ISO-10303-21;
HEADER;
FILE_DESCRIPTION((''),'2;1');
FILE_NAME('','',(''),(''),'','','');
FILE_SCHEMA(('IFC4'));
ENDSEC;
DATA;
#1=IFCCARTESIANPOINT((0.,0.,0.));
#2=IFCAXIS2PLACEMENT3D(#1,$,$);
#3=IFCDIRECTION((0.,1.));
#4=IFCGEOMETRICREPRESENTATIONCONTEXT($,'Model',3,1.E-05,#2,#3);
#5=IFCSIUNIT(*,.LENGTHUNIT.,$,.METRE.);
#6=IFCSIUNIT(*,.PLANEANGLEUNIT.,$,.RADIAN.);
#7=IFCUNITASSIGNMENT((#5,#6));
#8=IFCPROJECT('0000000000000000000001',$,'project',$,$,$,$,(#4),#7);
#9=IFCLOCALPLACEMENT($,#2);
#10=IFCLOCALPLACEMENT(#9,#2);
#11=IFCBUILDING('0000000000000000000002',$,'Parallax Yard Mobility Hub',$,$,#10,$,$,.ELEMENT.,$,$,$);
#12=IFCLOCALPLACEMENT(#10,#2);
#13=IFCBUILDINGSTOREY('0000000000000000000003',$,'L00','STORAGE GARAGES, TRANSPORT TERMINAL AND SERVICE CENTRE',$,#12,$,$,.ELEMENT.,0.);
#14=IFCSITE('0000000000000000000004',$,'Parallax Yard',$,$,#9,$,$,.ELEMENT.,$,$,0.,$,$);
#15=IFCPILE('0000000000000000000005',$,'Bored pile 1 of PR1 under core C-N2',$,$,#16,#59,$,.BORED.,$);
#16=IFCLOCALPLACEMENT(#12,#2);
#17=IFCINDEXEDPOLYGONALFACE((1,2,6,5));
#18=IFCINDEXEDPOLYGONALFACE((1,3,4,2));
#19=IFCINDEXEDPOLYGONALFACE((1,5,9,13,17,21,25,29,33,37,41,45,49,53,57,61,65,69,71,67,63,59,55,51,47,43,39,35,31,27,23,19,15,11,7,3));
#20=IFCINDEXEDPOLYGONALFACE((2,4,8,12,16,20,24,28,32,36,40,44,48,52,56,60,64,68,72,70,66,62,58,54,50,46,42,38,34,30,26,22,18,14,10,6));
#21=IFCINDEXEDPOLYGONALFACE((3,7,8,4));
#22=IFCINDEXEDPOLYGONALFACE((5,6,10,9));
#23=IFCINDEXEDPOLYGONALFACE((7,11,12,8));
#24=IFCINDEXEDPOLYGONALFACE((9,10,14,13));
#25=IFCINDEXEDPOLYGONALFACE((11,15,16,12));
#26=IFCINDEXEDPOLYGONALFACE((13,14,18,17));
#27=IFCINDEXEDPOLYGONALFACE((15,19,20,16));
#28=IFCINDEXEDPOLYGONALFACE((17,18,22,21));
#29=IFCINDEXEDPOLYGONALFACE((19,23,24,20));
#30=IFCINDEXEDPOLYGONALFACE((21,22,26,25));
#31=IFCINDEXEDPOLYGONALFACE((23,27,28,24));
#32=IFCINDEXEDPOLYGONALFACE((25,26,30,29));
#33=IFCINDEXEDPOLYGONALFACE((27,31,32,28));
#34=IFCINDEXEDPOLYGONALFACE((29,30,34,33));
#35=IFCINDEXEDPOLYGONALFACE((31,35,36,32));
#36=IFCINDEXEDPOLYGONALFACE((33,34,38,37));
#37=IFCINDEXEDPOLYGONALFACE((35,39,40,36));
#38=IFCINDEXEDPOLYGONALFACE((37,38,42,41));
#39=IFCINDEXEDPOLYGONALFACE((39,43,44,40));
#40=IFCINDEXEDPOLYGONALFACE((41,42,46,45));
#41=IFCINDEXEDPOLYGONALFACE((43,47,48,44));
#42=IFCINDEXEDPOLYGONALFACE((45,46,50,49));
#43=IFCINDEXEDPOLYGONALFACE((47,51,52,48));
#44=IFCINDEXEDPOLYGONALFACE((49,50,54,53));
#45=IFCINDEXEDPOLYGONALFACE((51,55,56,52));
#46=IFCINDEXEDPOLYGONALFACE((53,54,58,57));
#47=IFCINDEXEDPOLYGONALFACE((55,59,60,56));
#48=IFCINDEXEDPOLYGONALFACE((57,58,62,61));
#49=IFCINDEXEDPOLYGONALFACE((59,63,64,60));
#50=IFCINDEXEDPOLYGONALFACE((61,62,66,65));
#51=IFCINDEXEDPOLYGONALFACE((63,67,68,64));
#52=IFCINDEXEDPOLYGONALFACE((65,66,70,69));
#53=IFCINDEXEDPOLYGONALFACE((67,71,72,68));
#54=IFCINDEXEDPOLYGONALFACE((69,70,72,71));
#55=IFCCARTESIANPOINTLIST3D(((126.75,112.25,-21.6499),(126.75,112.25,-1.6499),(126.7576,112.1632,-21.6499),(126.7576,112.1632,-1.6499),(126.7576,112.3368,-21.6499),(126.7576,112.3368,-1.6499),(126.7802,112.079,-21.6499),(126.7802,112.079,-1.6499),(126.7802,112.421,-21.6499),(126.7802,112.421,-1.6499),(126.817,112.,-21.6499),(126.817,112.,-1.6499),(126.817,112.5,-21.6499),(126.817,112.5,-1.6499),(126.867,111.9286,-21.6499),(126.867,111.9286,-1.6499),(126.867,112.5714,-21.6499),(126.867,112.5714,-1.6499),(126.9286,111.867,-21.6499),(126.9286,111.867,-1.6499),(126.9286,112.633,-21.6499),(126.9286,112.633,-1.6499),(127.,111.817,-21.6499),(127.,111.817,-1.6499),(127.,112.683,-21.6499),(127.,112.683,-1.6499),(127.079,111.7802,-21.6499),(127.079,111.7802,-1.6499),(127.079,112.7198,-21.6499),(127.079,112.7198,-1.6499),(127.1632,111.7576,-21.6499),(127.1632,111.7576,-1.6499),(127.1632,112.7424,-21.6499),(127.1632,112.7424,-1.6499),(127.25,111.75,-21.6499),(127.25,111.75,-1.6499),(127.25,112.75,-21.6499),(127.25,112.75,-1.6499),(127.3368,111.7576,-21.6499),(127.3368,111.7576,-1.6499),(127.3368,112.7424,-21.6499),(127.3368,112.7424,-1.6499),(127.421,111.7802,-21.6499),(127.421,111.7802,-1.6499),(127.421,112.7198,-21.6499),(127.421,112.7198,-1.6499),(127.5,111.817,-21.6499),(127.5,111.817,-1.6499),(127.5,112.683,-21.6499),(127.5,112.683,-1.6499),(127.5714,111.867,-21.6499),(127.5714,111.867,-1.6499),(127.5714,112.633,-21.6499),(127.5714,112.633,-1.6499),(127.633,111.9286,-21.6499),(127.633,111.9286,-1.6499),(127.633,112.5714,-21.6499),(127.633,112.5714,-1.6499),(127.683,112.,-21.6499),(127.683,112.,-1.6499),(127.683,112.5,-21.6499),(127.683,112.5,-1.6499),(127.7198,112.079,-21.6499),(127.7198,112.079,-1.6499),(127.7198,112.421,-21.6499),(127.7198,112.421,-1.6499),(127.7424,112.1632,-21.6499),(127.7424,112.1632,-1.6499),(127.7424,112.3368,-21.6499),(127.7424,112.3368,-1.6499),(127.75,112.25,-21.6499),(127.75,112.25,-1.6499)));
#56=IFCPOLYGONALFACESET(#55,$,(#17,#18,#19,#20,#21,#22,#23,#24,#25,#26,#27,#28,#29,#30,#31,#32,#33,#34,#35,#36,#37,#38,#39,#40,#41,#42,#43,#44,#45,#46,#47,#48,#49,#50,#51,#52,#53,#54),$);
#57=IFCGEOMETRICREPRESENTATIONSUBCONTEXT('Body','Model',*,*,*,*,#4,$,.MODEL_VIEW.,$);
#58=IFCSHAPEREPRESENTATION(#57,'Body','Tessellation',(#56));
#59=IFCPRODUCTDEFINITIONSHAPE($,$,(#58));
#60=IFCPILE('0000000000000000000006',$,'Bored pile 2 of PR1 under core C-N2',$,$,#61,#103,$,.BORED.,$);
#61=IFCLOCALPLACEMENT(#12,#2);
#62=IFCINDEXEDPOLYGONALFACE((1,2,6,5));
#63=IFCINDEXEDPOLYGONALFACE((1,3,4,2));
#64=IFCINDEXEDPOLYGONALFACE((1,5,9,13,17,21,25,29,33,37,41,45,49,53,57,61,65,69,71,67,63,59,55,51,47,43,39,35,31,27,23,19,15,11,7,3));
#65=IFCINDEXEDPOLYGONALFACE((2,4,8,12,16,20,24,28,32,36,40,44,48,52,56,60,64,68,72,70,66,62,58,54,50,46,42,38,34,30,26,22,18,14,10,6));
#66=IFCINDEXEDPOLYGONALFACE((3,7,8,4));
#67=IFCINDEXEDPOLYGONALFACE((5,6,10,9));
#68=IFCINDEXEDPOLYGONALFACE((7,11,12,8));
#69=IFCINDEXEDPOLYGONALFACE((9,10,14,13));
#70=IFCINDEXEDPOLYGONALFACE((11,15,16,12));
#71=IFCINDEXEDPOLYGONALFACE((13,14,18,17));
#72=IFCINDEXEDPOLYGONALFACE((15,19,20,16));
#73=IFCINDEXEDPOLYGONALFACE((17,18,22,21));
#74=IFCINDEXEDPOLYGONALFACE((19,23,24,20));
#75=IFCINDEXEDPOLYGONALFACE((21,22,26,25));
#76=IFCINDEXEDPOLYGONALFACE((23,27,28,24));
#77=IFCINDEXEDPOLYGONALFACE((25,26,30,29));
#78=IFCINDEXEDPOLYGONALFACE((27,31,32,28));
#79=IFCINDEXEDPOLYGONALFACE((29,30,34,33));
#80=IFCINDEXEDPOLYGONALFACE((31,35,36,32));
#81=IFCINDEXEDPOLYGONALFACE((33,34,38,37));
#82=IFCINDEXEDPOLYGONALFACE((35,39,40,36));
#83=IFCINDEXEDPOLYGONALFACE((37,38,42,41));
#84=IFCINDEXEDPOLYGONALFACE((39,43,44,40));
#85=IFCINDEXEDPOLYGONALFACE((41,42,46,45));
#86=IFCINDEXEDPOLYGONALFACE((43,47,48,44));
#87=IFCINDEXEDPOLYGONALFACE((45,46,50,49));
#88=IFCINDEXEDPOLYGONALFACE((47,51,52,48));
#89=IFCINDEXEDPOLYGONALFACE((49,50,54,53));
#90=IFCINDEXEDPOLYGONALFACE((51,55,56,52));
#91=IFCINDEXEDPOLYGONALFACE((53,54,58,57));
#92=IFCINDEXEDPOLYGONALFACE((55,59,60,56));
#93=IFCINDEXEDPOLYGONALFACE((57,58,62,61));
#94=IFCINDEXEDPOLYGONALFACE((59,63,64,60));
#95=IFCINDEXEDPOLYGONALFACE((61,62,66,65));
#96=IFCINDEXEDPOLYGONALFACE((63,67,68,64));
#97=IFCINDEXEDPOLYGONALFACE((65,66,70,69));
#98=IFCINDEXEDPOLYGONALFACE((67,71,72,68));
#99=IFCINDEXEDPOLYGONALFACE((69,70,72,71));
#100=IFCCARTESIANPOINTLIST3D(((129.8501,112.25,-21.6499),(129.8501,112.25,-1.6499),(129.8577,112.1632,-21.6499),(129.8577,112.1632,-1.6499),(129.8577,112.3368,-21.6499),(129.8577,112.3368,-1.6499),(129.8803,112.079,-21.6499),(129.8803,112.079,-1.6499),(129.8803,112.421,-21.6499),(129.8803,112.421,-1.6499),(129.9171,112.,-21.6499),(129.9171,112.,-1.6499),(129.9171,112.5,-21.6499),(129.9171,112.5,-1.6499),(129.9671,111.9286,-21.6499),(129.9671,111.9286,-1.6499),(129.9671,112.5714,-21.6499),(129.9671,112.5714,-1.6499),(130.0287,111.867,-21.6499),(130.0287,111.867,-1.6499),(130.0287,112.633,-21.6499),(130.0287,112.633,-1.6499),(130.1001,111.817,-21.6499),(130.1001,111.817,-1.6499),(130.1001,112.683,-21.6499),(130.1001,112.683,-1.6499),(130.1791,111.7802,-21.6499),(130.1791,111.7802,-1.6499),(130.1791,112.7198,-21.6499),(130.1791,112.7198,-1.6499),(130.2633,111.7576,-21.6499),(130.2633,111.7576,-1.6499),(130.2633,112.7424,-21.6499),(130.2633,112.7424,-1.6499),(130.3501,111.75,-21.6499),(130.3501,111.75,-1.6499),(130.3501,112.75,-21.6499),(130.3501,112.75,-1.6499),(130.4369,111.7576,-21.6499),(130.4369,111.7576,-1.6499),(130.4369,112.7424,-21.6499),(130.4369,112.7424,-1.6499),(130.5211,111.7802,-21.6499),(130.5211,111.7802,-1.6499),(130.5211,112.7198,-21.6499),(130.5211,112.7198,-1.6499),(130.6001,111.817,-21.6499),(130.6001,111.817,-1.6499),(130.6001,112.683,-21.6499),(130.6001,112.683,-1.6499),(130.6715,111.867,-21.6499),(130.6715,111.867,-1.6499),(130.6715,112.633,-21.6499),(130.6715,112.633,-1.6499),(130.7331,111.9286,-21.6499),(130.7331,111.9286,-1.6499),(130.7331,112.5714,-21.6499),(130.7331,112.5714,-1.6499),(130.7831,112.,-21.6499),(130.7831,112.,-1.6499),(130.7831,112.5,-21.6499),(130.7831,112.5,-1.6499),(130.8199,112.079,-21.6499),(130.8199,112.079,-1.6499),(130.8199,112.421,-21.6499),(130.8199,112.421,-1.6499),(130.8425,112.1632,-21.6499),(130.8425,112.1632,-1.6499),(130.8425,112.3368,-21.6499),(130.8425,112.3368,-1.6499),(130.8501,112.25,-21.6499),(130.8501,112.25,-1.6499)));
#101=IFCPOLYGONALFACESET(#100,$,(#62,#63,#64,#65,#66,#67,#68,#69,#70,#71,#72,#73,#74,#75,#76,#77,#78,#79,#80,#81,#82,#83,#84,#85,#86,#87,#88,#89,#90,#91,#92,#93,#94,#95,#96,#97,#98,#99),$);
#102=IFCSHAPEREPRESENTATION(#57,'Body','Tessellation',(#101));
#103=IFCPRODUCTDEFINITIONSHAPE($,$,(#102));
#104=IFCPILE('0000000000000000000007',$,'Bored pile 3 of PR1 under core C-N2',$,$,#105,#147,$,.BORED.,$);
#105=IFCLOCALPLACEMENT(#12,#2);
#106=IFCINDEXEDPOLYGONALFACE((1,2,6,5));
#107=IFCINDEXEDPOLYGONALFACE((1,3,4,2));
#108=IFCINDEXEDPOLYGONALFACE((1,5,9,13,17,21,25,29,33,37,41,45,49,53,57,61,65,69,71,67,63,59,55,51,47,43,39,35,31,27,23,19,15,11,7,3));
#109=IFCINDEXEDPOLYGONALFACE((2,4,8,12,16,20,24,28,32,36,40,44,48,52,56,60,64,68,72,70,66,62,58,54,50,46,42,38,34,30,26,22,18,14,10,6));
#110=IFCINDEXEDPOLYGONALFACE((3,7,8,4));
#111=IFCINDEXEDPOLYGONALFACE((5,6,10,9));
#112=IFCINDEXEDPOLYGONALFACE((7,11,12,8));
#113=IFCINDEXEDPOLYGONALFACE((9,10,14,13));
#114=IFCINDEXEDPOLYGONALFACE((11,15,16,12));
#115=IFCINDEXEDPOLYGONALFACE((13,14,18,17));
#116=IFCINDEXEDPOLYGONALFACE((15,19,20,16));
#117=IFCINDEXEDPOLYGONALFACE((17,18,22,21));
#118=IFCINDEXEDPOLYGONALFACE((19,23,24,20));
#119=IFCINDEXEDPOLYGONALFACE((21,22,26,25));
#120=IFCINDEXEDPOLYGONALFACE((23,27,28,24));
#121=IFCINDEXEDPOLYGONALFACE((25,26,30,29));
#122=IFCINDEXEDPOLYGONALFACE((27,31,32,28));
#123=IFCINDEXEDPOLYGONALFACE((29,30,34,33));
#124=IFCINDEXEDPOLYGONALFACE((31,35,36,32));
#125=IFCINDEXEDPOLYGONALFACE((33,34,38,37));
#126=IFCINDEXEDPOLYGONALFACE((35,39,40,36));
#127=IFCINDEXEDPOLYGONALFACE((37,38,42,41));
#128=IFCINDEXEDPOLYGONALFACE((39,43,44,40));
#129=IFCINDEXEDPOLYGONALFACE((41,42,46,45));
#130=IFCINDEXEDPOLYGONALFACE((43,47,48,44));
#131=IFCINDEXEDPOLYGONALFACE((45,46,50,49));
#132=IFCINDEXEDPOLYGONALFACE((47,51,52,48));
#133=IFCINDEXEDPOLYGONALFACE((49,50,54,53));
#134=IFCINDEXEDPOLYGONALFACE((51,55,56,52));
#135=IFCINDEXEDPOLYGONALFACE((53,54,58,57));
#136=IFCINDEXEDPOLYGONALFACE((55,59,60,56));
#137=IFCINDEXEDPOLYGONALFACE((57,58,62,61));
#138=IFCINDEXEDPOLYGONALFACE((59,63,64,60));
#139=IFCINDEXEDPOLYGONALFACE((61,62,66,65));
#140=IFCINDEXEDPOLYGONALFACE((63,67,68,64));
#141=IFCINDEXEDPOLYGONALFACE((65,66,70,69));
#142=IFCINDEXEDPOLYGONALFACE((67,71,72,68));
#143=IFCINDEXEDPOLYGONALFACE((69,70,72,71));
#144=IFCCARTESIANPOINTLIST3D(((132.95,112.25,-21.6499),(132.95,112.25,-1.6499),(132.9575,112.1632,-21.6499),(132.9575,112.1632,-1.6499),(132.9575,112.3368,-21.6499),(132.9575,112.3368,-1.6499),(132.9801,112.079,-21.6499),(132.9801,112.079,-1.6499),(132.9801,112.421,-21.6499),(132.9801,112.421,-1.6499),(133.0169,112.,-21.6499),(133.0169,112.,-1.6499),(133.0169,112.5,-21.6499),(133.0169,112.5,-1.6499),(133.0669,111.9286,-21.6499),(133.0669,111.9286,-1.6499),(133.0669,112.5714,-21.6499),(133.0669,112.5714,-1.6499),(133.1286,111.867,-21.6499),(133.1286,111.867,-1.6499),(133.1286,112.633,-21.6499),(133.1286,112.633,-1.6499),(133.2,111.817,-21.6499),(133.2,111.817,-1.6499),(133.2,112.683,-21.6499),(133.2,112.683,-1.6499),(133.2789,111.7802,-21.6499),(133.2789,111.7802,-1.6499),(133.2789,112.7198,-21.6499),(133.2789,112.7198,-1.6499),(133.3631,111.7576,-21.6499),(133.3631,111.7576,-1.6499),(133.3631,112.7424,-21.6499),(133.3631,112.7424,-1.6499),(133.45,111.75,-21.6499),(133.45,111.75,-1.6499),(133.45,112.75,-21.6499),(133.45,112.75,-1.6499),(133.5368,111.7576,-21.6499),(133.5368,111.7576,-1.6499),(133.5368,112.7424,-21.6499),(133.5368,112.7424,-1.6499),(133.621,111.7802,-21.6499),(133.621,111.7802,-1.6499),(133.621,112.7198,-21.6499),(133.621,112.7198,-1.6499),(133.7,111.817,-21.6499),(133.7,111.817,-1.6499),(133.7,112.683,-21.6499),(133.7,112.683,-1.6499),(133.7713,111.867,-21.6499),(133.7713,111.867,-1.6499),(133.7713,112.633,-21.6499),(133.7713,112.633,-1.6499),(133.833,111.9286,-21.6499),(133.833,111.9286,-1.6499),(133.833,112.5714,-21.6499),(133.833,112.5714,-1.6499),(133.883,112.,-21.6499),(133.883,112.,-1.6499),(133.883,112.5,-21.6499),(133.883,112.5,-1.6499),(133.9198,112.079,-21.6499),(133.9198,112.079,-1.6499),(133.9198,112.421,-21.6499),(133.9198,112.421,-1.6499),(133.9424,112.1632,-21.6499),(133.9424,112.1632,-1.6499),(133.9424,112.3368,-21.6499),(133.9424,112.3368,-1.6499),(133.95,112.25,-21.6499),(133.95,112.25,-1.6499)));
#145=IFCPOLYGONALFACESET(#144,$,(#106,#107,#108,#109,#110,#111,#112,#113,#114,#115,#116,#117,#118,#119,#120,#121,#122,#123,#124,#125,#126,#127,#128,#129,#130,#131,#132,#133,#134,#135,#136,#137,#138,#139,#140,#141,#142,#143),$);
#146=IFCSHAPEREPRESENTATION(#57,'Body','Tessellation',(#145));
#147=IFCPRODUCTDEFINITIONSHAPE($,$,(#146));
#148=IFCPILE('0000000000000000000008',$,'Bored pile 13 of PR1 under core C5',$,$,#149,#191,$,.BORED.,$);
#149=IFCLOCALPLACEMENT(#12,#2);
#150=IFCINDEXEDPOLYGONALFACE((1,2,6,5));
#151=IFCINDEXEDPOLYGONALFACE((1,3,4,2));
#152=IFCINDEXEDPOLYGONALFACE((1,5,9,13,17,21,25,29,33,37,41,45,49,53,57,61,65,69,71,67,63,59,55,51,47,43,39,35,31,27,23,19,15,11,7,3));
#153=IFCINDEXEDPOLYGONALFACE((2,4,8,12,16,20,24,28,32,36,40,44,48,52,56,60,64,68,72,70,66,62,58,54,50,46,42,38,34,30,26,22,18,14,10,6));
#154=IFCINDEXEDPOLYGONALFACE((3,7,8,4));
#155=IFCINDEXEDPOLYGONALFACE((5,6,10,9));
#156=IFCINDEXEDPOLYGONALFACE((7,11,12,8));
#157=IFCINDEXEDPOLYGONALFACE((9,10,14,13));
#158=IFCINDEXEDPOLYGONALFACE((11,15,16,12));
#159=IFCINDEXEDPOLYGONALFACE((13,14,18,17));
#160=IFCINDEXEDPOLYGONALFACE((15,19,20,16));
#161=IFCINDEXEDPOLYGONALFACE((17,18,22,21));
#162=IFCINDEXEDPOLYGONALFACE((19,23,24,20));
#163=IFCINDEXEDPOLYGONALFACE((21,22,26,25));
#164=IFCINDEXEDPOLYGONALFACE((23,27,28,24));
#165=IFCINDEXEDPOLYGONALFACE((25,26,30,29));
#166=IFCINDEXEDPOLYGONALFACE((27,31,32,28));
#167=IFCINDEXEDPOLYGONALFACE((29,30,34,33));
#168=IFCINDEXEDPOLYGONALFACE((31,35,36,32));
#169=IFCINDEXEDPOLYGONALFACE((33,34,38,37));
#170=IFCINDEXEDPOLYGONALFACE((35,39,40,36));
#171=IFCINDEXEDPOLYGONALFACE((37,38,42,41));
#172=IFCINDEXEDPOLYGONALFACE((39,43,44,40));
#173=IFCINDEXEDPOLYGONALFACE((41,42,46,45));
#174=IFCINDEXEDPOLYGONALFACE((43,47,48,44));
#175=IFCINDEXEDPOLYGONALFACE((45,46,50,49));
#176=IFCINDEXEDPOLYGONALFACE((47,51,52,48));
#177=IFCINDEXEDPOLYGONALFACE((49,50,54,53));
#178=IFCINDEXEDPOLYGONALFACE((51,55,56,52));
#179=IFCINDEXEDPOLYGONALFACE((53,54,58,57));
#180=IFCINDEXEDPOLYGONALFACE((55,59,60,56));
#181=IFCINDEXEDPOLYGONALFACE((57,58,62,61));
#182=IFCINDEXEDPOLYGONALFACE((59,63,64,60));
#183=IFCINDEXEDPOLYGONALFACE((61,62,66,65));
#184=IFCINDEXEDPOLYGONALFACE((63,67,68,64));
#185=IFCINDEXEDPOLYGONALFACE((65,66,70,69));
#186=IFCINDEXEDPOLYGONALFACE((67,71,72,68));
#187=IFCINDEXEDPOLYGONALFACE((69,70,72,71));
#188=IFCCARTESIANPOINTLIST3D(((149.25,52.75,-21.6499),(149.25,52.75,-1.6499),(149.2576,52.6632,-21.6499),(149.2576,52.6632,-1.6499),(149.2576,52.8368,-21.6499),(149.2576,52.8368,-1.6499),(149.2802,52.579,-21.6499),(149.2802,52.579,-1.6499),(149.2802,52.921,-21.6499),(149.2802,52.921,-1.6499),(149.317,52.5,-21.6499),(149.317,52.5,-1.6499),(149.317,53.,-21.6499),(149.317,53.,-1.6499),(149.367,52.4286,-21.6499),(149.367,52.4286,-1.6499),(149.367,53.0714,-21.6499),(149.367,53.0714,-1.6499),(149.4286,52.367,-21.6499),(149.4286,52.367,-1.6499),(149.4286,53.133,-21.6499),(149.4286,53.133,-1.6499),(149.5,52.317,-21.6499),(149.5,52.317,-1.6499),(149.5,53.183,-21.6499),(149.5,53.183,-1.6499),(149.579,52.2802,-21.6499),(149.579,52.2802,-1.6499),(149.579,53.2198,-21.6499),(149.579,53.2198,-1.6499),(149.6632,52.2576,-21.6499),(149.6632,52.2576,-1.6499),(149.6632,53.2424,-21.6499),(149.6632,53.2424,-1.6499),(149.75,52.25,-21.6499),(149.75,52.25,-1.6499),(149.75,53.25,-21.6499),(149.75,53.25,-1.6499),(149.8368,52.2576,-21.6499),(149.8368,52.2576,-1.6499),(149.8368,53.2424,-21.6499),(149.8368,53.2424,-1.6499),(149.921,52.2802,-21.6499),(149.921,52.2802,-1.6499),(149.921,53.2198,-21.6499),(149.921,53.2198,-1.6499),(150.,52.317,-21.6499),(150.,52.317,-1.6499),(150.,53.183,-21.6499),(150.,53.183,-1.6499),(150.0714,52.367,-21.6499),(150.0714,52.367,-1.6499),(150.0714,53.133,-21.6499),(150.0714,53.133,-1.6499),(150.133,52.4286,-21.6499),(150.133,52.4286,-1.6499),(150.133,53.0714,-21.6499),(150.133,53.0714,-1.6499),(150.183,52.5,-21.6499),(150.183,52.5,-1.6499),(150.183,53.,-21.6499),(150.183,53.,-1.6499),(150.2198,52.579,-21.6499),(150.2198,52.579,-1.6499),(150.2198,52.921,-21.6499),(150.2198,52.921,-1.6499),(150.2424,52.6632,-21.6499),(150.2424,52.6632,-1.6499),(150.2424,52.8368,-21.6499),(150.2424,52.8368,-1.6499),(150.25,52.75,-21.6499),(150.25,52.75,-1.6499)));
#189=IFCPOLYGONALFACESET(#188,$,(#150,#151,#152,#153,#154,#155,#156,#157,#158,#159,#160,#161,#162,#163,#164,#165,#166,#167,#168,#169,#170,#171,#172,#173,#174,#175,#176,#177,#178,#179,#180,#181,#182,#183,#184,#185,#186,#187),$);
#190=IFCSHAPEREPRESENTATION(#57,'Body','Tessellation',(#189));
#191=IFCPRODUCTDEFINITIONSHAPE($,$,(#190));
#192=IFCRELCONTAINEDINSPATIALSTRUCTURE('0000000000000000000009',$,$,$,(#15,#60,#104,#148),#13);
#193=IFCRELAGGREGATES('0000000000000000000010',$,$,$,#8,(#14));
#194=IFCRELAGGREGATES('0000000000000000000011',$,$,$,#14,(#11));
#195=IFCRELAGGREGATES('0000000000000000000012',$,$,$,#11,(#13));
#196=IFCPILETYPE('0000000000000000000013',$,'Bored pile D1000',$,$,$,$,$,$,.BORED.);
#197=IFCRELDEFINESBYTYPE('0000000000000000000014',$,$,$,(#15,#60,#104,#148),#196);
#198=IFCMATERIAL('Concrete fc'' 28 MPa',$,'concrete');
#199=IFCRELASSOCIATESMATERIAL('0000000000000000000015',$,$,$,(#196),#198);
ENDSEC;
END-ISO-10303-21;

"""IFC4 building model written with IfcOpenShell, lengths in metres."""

from ifc_helpers import new_model, si_unit, direction, frame, origin, origin_2d, place, context, subcontext, project, spatial, circle, extrude, material, material_profile, profile_set, type_object, element, save


model = new_model("IFC4")

# Units and contexts
model_context = context("Model", 3, precision=1e-05, world=origin(), true_north=direction((0.0, 1.0)))
body_context = subcontext(model_context, "Body", "Model", "MODEL_VIEW")
ifc_project = project(units=[si_unit("LENGTHUNIT", "METRE"), si_unit("PLANEANGLEUNIT", "RADIAN")], contexts=[model_context])

# Site, building, storey
site_placement = place(None, origin())
site = spatial("IfcSite", under=ifc_project, at=site_placement, Name="Parallax Yard", CompositionType="ELEMENT", RefElevation=0.0)
building_placement = place(site_placement, origin())
building = spatial("IfcBuilding", under=site, at=building_placement, Name="Parallax Yard Mobility Hub", CompositionType="ELEMENT")
storey_placement = place(building_placement, origin())
storey = spatial("IfcBuildingStorey", under=building, at=storey_placement, Name="L00", Description="STORAGE GARAGES, TRANSPORT TERMINAL AND SERVICE CENTRE", CompositionType="ELEMENT", Elevation=0.0)

# Piles
ifc_material_1 = material(Name="Concrete fc' 28 MPa", Category="concrete")
ifc_material_profile_1 = material_profile(ifc_material_1, circle(Radius=0.5, at=origin_2d()), Name="Bored pile D1000")
ifc_profile_set_1 = profile_set([ifc_material_profile_1], Name="Concrete fc' 28 MPa")
pile_type = type_object("IfcPileType", Name="Bored pile D1000", PredefinedType="BORED", material=ifc_profile_set_1)
for number, where, z_axis, x_axis, name in (
    (1, (127.25, 112.25, -1.6499), (0.0, 0.0, -1.0), (1.0, 0.0, 0.0), "Bored pile 1 of PR1 under core C-N2"),
    (2, (130.3501, 112.25, -1.6499), (0.0, 0.0, -1.0), (1.0, 0.0, 0.0), "Bored pile 2 of PR1 under core C-N2"),
    (3, (133.45, 112.25, -1.6499), (0.0, 0.0, -1.0), (1.0, 0.0, 0.0), "Bored pile 3 of PR1 under core C-N2"),
    (4, (149.75, 52.75, -1.6499), (0.0, 0.0, -1.0), (1.0, 0.0, 0.0), "Bored pile 13 of PR1 under core C5"),
):
    element("IfcPile", number, at=place(storey_placement, frame(where, z_axis=z_axis, x_axis=x_axis)), inside=storey, type_object=pile_type, Name=name, PredefinedType="BORED", context=body_context, shape_type="SweptSolid", body=[
        extrude(circle(Radius=0.5, at=origin_2d()), origin(), (0.0, 0.0, 1.0), 20.0),
    ])

save(model, "model.ifc")
